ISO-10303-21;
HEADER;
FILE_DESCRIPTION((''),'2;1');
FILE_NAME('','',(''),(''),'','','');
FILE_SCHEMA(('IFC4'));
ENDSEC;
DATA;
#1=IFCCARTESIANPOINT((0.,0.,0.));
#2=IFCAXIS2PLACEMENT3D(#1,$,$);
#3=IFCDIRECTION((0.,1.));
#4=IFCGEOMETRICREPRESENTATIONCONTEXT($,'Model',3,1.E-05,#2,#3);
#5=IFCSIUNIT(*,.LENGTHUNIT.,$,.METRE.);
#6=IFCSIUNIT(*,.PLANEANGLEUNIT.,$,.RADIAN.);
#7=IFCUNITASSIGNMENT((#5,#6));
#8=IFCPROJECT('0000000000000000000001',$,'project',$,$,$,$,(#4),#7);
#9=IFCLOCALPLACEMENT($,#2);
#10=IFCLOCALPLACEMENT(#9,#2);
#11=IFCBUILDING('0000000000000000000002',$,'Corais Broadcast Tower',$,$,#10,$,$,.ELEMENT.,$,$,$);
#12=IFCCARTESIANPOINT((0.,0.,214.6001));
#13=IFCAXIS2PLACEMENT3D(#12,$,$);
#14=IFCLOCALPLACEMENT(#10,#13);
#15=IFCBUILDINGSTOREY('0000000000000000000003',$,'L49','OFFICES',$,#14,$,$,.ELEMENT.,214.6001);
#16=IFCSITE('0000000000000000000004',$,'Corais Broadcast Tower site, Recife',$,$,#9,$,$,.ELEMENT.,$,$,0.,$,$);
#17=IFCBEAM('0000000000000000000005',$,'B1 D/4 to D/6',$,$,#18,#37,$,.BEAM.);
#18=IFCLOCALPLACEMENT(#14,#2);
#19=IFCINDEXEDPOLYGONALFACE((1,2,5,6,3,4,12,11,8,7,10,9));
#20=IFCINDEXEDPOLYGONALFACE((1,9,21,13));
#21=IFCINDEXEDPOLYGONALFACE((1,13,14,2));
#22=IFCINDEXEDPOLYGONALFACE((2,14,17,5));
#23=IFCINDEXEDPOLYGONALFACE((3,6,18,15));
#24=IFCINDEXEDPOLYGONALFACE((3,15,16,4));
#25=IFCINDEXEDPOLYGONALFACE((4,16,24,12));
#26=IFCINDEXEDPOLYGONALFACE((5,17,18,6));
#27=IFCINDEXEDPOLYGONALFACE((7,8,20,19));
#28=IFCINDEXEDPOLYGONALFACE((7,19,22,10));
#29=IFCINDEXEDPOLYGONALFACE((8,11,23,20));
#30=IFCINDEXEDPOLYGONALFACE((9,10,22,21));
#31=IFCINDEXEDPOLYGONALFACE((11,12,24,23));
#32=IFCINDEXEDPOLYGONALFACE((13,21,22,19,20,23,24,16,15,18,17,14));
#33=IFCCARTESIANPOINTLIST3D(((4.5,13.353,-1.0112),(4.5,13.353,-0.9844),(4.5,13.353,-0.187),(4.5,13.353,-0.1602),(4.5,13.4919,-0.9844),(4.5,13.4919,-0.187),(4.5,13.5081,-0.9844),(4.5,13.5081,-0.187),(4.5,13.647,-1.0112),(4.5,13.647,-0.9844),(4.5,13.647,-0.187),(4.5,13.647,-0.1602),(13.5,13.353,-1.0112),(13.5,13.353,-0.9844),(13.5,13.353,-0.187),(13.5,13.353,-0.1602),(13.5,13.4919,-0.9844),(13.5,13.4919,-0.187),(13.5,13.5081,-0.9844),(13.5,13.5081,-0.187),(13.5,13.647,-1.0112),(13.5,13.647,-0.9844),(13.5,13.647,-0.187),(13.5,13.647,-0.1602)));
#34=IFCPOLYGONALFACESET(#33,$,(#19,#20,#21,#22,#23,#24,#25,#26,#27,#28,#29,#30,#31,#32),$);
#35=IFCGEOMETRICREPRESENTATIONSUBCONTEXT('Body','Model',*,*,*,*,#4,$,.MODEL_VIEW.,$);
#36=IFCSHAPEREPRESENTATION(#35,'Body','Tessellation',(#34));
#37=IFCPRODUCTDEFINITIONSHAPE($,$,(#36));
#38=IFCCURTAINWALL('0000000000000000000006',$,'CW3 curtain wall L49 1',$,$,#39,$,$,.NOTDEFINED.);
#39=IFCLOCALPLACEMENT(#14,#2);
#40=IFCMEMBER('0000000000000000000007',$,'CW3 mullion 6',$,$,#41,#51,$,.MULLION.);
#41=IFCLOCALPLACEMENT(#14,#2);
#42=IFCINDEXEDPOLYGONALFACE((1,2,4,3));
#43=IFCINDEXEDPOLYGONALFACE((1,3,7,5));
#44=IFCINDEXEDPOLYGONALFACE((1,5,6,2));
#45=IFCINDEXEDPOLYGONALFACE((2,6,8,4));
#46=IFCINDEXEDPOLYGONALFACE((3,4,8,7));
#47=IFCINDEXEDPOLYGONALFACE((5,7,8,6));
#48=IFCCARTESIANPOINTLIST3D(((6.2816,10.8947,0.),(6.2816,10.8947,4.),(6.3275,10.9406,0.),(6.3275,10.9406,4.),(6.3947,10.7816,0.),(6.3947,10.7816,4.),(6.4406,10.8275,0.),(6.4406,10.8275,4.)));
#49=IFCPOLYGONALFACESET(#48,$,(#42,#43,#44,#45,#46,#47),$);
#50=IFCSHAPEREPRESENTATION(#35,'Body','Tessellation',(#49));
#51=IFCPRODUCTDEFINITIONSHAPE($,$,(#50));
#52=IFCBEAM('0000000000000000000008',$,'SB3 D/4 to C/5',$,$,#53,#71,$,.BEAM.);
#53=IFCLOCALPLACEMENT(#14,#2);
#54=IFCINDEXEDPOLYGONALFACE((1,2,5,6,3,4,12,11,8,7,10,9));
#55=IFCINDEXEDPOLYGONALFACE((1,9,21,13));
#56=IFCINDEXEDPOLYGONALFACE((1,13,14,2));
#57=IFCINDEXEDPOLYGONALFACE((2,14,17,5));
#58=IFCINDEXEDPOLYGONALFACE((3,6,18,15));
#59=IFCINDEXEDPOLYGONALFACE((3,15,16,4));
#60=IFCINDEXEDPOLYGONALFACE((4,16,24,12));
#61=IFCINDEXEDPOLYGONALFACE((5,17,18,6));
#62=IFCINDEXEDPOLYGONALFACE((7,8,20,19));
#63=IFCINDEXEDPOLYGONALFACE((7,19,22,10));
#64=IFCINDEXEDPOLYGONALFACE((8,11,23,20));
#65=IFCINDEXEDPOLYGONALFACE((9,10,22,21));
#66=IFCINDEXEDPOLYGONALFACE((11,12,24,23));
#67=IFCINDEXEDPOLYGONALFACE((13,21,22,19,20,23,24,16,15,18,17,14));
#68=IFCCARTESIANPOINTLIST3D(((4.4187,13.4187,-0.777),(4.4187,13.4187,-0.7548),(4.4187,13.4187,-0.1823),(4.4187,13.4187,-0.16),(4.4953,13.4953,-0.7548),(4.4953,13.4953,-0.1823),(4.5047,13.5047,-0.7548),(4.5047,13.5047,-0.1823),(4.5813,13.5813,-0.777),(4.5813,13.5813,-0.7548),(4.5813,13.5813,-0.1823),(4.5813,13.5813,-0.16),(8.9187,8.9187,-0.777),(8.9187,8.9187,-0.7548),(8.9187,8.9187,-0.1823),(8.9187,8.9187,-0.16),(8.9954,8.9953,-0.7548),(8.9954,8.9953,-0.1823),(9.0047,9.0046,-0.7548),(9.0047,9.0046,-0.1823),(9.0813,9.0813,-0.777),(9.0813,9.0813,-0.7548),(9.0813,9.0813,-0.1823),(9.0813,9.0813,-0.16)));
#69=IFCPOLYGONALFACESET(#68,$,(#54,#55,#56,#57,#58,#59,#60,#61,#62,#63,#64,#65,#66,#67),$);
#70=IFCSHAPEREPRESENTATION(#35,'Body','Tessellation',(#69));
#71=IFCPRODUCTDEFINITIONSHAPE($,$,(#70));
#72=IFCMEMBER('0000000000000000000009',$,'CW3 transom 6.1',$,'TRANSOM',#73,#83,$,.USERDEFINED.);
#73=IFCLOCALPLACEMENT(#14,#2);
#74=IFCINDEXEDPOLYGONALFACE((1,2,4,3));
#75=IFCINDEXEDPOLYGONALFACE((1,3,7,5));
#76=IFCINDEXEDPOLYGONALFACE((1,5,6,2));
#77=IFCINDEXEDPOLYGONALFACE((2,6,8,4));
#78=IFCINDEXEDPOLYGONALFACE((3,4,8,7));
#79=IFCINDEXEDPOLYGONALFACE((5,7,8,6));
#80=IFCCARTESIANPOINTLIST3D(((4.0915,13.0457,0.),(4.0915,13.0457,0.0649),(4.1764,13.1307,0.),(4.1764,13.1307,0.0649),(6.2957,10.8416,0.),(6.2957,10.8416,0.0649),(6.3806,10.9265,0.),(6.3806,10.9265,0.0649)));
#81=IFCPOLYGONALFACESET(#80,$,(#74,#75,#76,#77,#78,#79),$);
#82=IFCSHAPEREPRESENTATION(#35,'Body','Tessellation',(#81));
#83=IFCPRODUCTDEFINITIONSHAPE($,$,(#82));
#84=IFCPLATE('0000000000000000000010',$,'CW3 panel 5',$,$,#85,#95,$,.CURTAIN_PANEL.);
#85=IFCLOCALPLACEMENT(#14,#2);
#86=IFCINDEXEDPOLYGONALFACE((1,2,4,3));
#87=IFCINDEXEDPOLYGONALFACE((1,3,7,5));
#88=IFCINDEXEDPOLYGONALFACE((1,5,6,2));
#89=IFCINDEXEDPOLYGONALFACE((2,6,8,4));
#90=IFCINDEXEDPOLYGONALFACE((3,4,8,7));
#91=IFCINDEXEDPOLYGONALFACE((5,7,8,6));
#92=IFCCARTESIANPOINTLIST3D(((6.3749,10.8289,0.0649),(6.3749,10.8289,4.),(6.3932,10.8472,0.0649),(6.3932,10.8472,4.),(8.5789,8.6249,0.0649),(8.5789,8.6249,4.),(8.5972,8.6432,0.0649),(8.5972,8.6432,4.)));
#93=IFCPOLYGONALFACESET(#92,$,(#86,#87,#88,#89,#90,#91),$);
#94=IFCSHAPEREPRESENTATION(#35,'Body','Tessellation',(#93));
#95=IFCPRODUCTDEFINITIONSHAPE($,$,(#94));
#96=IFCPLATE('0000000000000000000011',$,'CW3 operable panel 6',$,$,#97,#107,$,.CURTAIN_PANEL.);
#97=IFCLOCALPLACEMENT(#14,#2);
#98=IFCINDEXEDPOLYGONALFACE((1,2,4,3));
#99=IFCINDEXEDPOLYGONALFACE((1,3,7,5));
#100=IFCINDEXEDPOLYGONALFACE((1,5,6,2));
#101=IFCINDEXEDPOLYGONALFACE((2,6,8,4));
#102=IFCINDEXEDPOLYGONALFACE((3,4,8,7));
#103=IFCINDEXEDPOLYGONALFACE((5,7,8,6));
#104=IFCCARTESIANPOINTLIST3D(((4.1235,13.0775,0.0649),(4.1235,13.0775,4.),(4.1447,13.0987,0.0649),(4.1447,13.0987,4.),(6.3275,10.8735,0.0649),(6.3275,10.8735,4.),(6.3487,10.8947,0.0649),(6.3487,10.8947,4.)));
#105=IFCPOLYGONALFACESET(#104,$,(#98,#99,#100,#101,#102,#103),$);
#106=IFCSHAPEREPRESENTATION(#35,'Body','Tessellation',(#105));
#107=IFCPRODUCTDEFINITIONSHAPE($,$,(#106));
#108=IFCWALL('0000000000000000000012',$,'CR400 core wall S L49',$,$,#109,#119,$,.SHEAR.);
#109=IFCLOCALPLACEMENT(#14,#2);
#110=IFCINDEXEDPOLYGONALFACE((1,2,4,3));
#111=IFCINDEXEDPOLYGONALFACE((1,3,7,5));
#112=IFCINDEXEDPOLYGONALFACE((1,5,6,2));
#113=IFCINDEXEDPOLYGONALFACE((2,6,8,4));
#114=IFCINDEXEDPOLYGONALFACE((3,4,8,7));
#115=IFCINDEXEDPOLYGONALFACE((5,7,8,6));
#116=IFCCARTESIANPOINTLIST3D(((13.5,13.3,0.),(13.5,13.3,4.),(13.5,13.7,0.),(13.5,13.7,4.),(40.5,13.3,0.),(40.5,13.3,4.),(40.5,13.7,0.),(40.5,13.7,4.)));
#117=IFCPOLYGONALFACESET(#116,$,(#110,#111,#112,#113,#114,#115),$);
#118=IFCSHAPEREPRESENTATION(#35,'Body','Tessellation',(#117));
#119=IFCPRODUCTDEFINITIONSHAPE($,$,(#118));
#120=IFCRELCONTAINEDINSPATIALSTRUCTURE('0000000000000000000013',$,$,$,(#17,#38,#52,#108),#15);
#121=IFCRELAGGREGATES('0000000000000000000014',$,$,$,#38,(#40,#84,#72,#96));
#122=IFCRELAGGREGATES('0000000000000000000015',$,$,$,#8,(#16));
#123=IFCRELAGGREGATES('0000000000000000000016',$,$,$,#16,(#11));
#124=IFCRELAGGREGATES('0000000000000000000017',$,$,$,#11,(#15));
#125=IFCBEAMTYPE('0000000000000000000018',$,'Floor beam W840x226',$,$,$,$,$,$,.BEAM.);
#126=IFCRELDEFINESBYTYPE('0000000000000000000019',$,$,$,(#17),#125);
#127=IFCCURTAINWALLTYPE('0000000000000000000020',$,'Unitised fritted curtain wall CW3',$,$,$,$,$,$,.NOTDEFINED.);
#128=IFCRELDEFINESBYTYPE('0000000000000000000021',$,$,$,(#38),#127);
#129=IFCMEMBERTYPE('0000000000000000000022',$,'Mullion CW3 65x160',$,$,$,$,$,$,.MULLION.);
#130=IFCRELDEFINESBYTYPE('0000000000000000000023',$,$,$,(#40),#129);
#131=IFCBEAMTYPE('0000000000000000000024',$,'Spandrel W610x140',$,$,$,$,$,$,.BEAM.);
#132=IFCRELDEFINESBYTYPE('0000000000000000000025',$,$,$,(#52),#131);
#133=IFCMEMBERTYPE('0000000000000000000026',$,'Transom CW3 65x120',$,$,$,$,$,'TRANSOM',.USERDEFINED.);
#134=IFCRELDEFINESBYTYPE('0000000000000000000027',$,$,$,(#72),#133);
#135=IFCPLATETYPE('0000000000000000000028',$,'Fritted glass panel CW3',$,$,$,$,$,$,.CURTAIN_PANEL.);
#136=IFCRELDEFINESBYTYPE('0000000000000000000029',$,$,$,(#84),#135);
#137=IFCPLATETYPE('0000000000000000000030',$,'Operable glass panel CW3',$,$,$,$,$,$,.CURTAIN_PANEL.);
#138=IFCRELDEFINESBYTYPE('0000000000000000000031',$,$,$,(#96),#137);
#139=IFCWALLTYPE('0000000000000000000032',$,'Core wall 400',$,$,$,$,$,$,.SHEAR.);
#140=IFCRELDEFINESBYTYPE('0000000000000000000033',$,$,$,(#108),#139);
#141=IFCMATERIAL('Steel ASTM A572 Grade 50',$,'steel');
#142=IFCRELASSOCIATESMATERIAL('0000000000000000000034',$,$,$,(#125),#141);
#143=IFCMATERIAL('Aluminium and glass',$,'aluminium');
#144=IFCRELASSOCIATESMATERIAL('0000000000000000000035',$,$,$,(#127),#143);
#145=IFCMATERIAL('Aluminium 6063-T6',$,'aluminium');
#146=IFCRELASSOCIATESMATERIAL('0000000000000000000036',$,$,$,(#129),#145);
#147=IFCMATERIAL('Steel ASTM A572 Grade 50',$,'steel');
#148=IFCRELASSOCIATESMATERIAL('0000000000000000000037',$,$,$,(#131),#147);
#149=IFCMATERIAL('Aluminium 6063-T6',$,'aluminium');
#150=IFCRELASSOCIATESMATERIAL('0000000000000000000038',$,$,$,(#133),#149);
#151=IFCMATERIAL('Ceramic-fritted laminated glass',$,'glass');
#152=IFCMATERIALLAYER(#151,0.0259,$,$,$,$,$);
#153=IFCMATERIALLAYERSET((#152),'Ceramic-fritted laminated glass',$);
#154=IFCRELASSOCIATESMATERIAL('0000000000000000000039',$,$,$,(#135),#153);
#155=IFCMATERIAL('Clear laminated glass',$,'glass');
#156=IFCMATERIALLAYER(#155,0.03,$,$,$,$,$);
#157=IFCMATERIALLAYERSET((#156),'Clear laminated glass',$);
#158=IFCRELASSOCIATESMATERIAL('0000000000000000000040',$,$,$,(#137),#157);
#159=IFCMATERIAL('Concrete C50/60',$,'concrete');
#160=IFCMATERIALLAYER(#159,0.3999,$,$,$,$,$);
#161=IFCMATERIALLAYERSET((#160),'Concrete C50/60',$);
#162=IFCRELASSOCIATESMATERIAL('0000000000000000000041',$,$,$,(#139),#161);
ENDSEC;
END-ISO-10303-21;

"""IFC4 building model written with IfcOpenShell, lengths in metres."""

from ifc_helpers import new_model, si_unit, direction, frame, frame_2d, origin, origin_2d, place, context, subcontext, project, spatial, rectangle, i_section, extrude, material, layer, layer_set, material_profile, profile_set, type_object, element, aggregate, save


model = new_model("IFC4")

# Units and contexts
model_context = context("Model", 3, precision=1e-05, world=origin(), true_north=direction((0.0, 1.0)))
body_context = subcontext(model_context, "Body", "Model", "MODEL_VIEW")
ifc_project = project(units=[si_unit("LENGTHUNIT", "METRE"), si_unit("PLANEANGLEUNIT", "RADIAN")], contexts=[model_context])

# Site, building, storey
site_placement = place(None, origin())
site = spatial("IfcSite", under=ifc_project, at=site_placement, Name="Corais Broadcast Tower site, Recife", CompositionType="ELEMENT", RefElevation=0.0)
building_placement = place(site_placement, origin())
building = spatial("IfcBuilding", under=site, at=building_placement, Name="Corais Broadcast Tower", CompositionType="ELEMENT")
storey_placement = place(building_placement, frame((0.0, 0.0, 214.6001)))
storey = spatial("IfcBuildingStorey", under=building, at=storey_placement, Name="L49", Description="OFFICES", CompositionType="ELEMENT", Elevation=214.6001)

# Beam
ifc_material_1 = material(Name="Steel ASTM A572 Grade 50", Category="steel")
ifc_material_profile_1 = material_profile(ifc_material_1, i_section(OverallWidth=0.2939, OverallDepth=0.8511, WebThickness=0.0161, FlangeThickness=0.0269, at=origin_2d()), Name="W840x226")
ifc_profile_set_1 = profile_set([ifc_material_profile_1], Name="Steel ASTM A572 Grade 50")
beam_type_1 = type_object("IfcBeamType", Name="Floor beam W840x226", PredefinedType="BEAM", material=ifc_profile_set_1)
beam_1_placement = place(storey_placement, frame((4.5, 13.5, -0.5857), z_axis=(1.0, 0.0, 0.0), x_axis=(0.0, 1.0, 0.0)))
element("IfcBeam", 1, at=beam_1_placement, inside=storey, type_object=beam_type_1, Name="B1 D/4 to D/6", PredefinedType="BEAM", context=body_context, shape_type="SweptSolid", body=[
    extrude(i_section(OverallWidth=0.2939, OverallDepth=0.8511, WebThickness=0.0161, FlangeThickness=0.0269, at=origin_2d()), origin(), (0.0, 0.0, 1.0), 9.0),
])

# Curtain wall, member
ifc_material_2 = material(Name="Aluminium and glass", Category="aluminium")
curtain_wall_type = type_object("IfcCurtainWallType", Name="Unitised fritted curtain wall CW3", PredefinedType="NOTDEFINED", material=ifc_material_2)
curtain_wall_placement = place(storey_placement, origin())
curtain_wall = element("IfcCurtainWall", 2, at=curtain_wall_placement, inside=storey, type_object=curtain_wall_type, Name="CW3 curtain wall L49 1", PredefinedType="NOTDEFINED")
ifc_material_3 = material(Name="Aluminium 6063-T6", Category="aluminium")
ifc_material_profile_2 = material_profile(ifc_material_3, rectangle(XDim=0.0649, YDim=0.1599, at=origin_2d()), Name="Mullion CW3 65x160")
ifc_profile_set_2 = profile_set([ifc_material_profile_2], Name="Aluminium 6063-T6")
member_type_1 = type_object("IfcMemberType", Name="Mullion CW3 65x160", PredefinedType="MULLION", material=ifc_profile_set_2)
member_1_placement = place(storey_placement, frame((6.3611, 10.8611, 0.0), z_axis=(0.0, 0.0, 1.0), x_axis=(-0.707107, -0.707107, 0.0)))
member_1 = element("IfcMember", 3, at=member_1_placement, type_object=member_type_1, Name="CW3 mullion 6", PredefinedType="MULLION", context=body_context, shape_type="SweptSolid", body=[
    extrude(rectangle(XDim=0.0649, YDim=0.1599, at=origin_2d()), origin(), (0.0, 0.0, 1.0), 4.0),
])

# Beam
ifc_material_4 = material(Name="Steel ASTM A572 Grade 50", Category="steel")
ifc_material_profile_3 = material_profile(ifc_material_4, i_section(OverallWidth=0.23, OverallDepth=0.6169, WebThickness=0.0132, FlangeThickness=0.0222, at=origin_2d()), Name="W610x140")
ifc_profile_set_3 = profile_set([ifc_material_profile_3], Name="Steel ASTM A572 Grade 50")
beam_type_2 = type_object("IfcBeamType", Name="Spandrel W610x140", PredefinedType="BEAM", material=ifc_profile_set_3)
beam_2_placement = place(storey_placement, frame((4.5, 13.5, -0.4685), z_axis=(0.707107, -0.707107, 0.0), x_axis=(0.707107, 0.707107, 0.0)))
element("IfcBeam", 4, at=beam_2_placement, inside=storey, type_object=beam_type_2, Name="SB3 D/4 to C/5", PredefinedType="BEAM", context=body_context, shape_type="SweptSolid", body=[
    extrude(i_section(OverallWidth=0.23, OverallDepth=0.6169, WebThickness=0.0132, FlangeThickness=0.0222, at=origin_2d()), origin(), (0.0, 0.0, 1.0), 6.364),
])

# Member
ifc_material_5 = material(Name="Aluminium 6063-T6", Category="aluminium")
ifc_material_profile_4 = material_profile(ifc_material_5, rectangle(XDim=0.1201, YDim=0.0649, at=origin_2d()), Name="Transom CW3 65x120")
ifc_profile_set_4 = profile_set([ifc_material_profile_4], Name="Aluminium 6063-T6")
member_type_2 = type_object("IfcMemberType", Name="Transom CW3 65x120", ElementType="TRANSOM", PredefinedType="USERDEFINED", material=ifc_profile_set_4)
member_2_placement = place(storey_placement, frame((6.3381, 10.884, 0.0325), z_axis=(-0.707107, 0.707107, 0.0), x_axis=(-0.707107, -0.707107, 0.0)))
member_2 = element("IfcMember", 5, at=member_2_placement, type_object=member_type_2, Name="CW3 transom 6.1", ObjectType="TRANSOM", PredefinedType="USERDEFINED", context=body_context, shape_type="SweptSolid", body=[
    extrude(rectangle(XDim=0.1201, YDim=0.0649, at=origin_2d()), origin(), (0.0, 0.0, 1.0), 3.1172),
])

# Plates
ifc_material_6 = material(Name="Ceramic-fritted laminated glass", Category="glass")
ifc_layer_1 = layer(ifc_material_6, 0.0259)
ifc_layer_set_1 = layer_set([ifc_layer_1], Name="Ceramic-fritted laminated glass")
plate_type_1 = type_object("IfcPlateType", Name="Fritted glass panel CW3", PredefinedType="CURTAIN_PANEL", material=ifc_layer_set_1)
plate_1_placement = place(storey_placement, frame((7.4861, 9.7361, 0.0649), z_axis=(0.0, 0.0, 1.0), x_axis=(-0.707107, 0.707107, 0.0)))
plate_1 = element("IfcPlate", 6, at=plate_1_placement, type_object=plate_type_1, Name="CW3 panel 5", PredefinedType="CURTAIN_PANEL", context=body_context, shape_type="SweptSolid", body=[
    extrude(rectangle(XDim=3.1169, YDim=0.0259, at=origin_2d()), origin(), (0.0, 0.0, 1.0), 3.9351),
])
ifc_material_7 = material(Name="Clear laminated glass", Category="glass")
ifc_layer_2 = layer(ifc_material_7, 0.03)
ifc_layer_set_2 = layer_set([ifc_layer_2], Name="Clear laminated glass")
plate_type_2 = type_object("IfcPlateType", Name="Operable glass panel CW3", PredefinedType="CURTAIN_PANEL", material=ifc_layer_set_2)
plate_2_placement = place(storey_placement, frame((5.2361, 11.9861, 0.0649), z_axis=(0.0, 0.0, 1.0), x_axis=(-0.707107, 0.707107, 0.0)))
plate_2 = element("IfcPlate", 7, at=plate_2_placement, type_object=plate_type_2, Name="CW3 operable panel 6", PredefinedType="CURTAIN_PANEL", context=body_context, shape_type="SweptSolid", body=[
    extrude(rectangle(XDim=3.1169, YDim=0.03, at=origin_2d()), origin(), (0.0, 0.0, 1.0), 3.9351),
])
aggregate(curtain_wall, [member_1, plate_1, member_2, plate_2])

# Wall
ifc_material_8 = material(Name="Concrete C50/60", Category="concrete")
ifc_layer_3 = layer(ifc_material_8, 0.3999)
ifc_layer_set_3 = layer_set([ifc_layer_3], Name="Concrete C50/60")
wall_type_1 = type_object("IfcWallType", Name="Core wall 400", PredefinedType="SHEAR", material=ifc_layer_set_3)
wall_1_placement = place(storey_placement, frame((13.5, 13.5, 0.0), z_axis=(0.0, 0.0, 1.0), x_axis=(1.0, 0.0, 0.0)))
element("IfcWall", 8, at=wall_1_placement, inside=storey, type_object=wall_type_1, Name="CR400 core wall S L49", PredefinedType="SHEAR", context=body_context, shape_type="SweptSolid", body=[
    extrude(rectangle(XDim=27.0, YDim=0.3999, at=frame_2d((13.5, 0.0))), origin(), (0.0, 0.0, 1.0), 4.0),
])

save(model, "model.ifc")
